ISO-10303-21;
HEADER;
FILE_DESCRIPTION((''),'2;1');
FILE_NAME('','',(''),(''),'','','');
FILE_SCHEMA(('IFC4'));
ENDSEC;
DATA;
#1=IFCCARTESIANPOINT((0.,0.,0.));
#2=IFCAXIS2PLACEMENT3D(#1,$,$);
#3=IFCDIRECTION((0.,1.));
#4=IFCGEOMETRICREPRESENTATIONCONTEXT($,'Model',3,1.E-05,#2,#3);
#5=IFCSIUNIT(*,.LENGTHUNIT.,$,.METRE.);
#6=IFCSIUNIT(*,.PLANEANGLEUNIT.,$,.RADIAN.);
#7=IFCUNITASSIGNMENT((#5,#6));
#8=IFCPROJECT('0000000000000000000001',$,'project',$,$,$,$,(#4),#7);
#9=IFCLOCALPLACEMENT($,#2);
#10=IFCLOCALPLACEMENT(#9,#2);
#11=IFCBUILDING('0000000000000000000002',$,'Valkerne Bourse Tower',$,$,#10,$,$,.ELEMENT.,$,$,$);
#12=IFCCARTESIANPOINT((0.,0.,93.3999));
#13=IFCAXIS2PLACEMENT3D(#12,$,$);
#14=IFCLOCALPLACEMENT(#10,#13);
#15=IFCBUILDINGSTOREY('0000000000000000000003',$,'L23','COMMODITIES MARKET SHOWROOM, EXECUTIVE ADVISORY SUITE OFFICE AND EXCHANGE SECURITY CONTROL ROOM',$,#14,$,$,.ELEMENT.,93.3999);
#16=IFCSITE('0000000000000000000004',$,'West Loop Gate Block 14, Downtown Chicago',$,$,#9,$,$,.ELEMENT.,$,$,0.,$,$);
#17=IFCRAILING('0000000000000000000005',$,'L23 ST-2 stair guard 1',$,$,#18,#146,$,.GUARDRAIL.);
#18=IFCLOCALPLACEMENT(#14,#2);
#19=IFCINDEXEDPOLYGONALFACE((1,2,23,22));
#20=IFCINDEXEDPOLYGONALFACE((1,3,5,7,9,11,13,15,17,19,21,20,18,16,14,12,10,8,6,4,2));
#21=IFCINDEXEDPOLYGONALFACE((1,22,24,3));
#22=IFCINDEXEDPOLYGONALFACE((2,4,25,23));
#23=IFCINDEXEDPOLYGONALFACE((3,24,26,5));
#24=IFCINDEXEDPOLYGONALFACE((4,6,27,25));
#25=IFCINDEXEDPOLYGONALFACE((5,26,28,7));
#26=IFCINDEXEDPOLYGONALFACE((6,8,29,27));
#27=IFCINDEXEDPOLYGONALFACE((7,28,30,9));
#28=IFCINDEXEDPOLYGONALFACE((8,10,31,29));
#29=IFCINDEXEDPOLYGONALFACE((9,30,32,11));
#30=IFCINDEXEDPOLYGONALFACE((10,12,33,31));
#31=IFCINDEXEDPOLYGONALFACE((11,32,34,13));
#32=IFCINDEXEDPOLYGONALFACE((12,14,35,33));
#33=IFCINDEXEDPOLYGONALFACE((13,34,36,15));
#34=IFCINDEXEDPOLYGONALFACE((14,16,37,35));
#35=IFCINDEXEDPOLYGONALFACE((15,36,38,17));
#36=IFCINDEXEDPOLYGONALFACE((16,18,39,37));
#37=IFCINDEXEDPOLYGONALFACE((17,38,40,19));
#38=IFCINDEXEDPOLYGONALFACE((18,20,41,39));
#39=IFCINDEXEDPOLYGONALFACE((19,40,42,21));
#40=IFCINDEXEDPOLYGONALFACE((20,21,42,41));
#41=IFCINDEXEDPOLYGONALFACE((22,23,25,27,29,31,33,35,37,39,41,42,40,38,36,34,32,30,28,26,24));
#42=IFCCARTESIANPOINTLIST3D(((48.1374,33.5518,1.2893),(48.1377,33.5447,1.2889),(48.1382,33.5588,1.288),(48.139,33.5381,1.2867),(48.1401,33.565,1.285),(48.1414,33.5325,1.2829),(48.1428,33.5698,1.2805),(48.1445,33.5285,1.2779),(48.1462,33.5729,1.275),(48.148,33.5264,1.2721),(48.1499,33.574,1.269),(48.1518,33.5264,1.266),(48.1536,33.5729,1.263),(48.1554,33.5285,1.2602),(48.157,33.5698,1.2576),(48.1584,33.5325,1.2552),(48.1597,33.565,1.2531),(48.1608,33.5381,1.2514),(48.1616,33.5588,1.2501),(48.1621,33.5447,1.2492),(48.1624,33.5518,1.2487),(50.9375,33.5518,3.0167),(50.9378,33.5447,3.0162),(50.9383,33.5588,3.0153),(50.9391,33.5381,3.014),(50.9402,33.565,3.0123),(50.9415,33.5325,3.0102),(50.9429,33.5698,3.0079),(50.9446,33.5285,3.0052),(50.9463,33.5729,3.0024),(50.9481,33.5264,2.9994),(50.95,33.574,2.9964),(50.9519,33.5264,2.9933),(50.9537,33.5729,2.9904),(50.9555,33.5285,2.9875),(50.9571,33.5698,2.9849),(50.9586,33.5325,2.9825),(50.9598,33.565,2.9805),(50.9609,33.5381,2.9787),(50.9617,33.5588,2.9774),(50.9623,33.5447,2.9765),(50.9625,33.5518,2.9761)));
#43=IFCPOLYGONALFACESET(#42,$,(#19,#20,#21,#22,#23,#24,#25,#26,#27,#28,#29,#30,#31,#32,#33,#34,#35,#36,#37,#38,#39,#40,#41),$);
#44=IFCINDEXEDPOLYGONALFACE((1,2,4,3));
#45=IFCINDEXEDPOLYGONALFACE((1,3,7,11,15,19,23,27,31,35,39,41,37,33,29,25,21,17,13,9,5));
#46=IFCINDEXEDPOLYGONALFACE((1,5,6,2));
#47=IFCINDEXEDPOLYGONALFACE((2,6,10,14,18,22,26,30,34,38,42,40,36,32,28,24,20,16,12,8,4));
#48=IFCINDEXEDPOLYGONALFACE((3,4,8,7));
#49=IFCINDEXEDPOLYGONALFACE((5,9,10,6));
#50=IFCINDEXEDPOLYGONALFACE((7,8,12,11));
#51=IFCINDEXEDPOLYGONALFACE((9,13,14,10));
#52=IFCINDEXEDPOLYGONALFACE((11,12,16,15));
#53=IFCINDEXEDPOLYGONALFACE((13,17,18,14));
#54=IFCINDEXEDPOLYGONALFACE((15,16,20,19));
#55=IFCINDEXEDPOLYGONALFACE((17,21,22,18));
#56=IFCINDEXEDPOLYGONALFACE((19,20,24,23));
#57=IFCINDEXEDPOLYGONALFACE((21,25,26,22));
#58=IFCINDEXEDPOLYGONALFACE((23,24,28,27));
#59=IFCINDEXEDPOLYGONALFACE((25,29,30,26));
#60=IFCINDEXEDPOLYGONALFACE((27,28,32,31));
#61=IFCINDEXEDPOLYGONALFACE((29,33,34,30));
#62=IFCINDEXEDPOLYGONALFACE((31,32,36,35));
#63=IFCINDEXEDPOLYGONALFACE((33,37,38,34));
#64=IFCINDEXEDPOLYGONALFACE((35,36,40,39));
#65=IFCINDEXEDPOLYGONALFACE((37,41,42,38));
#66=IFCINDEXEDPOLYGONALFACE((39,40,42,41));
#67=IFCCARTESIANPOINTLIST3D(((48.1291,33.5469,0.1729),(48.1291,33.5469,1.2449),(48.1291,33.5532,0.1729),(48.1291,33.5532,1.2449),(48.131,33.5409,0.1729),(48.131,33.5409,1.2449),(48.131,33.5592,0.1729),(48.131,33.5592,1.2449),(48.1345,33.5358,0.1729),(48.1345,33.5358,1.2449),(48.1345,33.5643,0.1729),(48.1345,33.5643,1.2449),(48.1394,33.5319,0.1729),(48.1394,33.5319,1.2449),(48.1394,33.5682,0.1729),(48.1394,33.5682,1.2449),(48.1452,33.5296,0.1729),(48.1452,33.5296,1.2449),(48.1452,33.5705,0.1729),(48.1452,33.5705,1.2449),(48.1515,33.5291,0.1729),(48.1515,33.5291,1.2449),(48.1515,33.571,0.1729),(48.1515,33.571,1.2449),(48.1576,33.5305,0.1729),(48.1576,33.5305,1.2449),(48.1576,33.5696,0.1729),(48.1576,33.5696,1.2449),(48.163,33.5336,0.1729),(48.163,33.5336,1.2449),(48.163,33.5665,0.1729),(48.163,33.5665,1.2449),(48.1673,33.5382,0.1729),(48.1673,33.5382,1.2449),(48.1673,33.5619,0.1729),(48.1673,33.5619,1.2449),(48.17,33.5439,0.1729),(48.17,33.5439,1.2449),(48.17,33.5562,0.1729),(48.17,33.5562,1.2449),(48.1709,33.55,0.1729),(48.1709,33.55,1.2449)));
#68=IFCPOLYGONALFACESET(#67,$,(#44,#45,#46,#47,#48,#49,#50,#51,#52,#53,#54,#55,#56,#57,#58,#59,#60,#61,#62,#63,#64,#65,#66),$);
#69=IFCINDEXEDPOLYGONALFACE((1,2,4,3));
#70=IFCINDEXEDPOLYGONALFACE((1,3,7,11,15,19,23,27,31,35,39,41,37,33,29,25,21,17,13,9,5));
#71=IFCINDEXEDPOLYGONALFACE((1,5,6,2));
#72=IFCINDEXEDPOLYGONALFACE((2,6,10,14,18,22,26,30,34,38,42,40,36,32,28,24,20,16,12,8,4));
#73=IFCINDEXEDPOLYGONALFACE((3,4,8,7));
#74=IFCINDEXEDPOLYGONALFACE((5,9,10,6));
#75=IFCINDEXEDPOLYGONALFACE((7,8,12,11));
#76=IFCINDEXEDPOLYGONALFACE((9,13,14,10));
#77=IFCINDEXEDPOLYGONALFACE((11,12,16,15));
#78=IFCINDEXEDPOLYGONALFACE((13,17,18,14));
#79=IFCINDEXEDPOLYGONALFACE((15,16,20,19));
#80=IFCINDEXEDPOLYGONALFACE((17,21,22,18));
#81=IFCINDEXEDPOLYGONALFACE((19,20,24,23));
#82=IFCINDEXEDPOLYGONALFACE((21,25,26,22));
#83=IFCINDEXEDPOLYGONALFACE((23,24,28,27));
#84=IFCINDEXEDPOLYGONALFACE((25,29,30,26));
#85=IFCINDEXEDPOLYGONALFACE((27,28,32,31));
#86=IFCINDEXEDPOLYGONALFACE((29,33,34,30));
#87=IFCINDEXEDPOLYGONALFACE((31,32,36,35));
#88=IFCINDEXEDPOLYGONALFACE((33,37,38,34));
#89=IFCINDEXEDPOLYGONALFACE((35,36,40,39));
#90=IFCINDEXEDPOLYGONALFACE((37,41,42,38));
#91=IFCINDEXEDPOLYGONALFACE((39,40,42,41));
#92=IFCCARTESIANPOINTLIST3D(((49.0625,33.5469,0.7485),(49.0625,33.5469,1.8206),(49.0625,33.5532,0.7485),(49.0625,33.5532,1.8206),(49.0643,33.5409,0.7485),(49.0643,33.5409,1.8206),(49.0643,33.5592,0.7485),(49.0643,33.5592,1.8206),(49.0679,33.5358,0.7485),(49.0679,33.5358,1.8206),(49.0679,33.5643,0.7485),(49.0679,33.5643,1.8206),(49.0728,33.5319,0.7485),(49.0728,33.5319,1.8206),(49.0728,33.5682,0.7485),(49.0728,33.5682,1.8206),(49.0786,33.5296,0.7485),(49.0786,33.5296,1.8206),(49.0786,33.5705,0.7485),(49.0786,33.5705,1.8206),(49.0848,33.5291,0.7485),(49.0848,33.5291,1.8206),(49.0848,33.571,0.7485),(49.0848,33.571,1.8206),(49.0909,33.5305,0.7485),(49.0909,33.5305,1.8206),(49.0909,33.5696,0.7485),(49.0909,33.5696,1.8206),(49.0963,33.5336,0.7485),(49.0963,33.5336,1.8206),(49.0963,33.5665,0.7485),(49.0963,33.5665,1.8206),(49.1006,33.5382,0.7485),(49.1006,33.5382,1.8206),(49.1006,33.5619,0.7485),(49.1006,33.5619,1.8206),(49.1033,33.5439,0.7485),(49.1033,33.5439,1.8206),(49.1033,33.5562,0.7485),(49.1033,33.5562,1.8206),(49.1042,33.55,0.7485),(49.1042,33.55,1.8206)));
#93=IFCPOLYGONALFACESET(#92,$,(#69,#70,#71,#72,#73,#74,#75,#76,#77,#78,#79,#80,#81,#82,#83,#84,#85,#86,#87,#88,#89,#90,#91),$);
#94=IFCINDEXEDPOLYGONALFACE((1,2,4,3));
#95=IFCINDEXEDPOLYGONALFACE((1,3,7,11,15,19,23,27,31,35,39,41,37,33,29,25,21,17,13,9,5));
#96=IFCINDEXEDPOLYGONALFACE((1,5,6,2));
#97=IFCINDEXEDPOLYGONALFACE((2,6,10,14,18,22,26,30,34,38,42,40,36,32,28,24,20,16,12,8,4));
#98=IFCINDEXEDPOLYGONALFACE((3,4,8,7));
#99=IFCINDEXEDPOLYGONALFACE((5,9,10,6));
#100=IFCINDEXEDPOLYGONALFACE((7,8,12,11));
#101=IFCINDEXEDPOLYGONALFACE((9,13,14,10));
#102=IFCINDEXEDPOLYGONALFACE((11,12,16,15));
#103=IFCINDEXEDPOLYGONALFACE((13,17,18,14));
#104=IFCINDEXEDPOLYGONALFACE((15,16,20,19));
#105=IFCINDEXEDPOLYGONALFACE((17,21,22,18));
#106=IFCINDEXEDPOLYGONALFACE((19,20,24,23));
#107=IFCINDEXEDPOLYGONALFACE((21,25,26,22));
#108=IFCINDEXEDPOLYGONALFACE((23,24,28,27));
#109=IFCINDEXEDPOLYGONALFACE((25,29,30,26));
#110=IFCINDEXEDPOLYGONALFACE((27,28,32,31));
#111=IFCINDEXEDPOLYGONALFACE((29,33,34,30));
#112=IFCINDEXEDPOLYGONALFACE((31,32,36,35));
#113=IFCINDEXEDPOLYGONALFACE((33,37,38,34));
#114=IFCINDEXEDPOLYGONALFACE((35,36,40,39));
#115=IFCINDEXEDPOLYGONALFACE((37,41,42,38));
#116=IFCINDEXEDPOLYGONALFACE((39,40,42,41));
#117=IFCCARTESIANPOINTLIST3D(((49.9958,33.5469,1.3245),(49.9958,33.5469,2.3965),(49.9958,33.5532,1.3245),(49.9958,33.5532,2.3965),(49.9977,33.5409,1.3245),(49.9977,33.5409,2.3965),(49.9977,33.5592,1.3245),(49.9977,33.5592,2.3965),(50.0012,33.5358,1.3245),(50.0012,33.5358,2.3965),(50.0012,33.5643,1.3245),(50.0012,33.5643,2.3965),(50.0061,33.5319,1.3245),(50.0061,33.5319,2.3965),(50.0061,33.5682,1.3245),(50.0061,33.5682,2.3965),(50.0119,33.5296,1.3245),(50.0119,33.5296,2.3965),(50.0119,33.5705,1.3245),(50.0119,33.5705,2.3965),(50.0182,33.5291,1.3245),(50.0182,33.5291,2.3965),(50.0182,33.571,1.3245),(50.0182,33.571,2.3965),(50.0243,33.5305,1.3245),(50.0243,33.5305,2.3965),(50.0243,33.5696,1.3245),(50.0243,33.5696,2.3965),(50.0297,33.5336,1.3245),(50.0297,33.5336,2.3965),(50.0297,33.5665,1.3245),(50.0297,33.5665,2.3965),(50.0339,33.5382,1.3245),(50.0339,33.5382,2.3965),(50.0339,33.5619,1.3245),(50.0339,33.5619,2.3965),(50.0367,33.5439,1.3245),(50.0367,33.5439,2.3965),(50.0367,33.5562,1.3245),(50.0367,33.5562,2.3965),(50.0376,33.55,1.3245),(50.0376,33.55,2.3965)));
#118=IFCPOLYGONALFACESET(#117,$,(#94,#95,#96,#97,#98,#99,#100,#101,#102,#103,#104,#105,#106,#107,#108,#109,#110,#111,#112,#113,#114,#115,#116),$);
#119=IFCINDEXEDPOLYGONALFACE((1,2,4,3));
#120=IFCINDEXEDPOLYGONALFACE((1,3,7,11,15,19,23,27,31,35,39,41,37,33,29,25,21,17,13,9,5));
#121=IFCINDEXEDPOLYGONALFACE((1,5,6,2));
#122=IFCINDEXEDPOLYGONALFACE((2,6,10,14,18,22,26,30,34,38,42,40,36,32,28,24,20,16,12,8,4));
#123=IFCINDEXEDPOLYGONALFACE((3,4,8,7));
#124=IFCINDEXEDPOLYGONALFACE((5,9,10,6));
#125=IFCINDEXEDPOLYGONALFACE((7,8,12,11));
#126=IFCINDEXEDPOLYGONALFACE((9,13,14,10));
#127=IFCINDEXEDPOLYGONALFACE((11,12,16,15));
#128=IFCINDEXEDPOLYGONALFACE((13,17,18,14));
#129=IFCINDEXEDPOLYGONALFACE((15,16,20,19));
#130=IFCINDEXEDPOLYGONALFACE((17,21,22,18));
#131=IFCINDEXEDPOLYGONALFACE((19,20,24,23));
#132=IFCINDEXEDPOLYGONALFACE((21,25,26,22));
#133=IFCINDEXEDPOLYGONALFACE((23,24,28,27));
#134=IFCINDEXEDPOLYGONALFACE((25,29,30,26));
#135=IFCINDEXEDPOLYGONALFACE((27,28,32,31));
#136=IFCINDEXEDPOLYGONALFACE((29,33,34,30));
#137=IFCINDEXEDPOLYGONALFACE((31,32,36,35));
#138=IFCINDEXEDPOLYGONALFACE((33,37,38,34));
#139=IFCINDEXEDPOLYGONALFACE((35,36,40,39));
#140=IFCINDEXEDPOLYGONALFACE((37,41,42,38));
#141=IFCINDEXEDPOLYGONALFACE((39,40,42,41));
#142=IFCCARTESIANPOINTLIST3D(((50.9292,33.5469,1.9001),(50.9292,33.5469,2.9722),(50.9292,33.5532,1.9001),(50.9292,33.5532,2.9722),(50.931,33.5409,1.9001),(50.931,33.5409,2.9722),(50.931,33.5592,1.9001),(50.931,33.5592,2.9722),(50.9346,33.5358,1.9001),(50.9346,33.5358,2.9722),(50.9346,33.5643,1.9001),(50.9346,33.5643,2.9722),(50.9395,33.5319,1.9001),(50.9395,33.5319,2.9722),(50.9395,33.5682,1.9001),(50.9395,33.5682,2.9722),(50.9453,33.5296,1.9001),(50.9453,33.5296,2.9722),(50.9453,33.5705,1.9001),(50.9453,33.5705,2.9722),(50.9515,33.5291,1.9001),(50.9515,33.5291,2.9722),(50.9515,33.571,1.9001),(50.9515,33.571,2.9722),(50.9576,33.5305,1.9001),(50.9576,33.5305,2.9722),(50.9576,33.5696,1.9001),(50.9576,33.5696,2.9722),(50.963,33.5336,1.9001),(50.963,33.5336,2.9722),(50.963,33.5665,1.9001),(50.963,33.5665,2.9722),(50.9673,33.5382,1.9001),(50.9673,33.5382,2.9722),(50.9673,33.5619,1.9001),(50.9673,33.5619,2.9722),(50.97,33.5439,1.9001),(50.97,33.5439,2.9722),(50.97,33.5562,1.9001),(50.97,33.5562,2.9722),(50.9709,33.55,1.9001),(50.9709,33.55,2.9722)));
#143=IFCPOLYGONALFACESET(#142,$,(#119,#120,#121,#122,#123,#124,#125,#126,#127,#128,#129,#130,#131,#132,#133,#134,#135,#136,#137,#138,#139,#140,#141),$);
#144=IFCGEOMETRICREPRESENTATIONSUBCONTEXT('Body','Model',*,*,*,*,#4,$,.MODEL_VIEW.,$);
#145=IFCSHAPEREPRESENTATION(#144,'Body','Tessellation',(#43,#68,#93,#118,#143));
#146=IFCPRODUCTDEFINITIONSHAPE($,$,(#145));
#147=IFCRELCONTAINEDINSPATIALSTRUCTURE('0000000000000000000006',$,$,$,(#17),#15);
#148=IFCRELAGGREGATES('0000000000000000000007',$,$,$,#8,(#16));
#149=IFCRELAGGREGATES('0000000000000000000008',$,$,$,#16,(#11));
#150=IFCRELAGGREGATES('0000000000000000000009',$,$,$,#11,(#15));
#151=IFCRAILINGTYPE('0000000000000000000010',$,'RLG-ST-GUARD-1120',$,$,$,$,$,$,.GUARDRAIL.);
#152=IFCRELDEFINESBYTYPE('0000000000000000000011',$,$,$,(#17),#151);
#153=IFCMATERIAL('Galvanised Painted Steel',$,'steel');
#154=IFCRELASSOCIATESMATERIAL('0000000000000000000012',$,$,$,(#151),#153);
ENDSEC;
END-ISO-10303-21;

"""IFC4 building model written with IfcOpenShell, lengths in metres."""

from ifc_helpers import new_model, si_unit, direction, frame, origin, origin_2d, place, context, subcontext, project, spatial, circle, extrude, material, type_object, element, save


model = new_model("IFC4")

# Units and contexts
model_context = context("Model", 3, precision=1e-05, world=origin(), true_north=direction((0.0, 1.0)))
body_context = subcontext(model_context, "Body", "Model", "MODEL_VIEW")
ifc_project = project(units=[si_unit("LENGTHUNIT", "METRE"), si_unit("PLANEANGLEUNIT", "RADIAN")], contexts=[model_context])

# Site, building, storey
site_placement = place(None, origin())
site = spatial("IfcSite", under=ifc_project, at=site_placement, Name="West Loop Gate Block 14, Downtown Chicago", CompositionType="ELEMENT", RefElevation=0.0)
building_placement = place(site_placement, origin())
building = spatial("IfcBuilding", under=site, at=building_placement, Name="Valkerne Bourse Tower", CompositionType="ELEMENT")
storey_placement = place(building_placement, frame((0.0, 0.0, 93.3999)))
storey = spatial("IfcBuildingStorey", under=building, at=storey_placement, Name="L23", Description="COMMODITIES MARKET SHOWROOM, EXECUTIVE ADVISORY SUITE OFFICE AND EXCHANGE SECURITY CONTROL ROOM", CompositionType="ELEMENT", Elevation=93.3999)

# Shared definitions
ifc_material_1 = material(Name="Galvanised Painted Steel", Category="steel")

# Railing
railing_type_1 = type_object("IfcRailingType", Name="RLG-ST-GUARD-1120", PredefinedType="GUARDRAIL", material=ifc_material_1)
railing_1_placement = place(storey_placement, frame((48.1499, 33.55, 0.1729)))
element("IfcRailing", 1, at=railing_1_placement, inside=storey, type_object=railing_type_1, Name="L23 ST-2 stair guard 1", PredefinedType="GUARDRAIL", context=body_context, shape_type="SweptSolid", body=[
    extrude(circle(Radius=0.0239, at=origin_2d()), frame((0.0, 0.0, 1.0962), z_axis=(0.85109, 0.0, 0.52502), x_axis=(0.0, 1.0, 0.0)), (0.0, 0.0, 1.0), 3.29),
    extrude(circle(Radius=0.021, at=origin_2d()), origin(), (0.0, 0.0, 1.0), 1.072),
    extrude(circle(Radius=0.021, at=origin_2d()), frame((0.9333, 0.0, 0.5757)), (0.0, 0.0, 1.0), 1.072),
    extrude(circle(Radius=0.021, at=origin_2d()), frame((1.8667, 0.0, 1.1516)), (0.0, 0.0, 1.0), 1.072),
    extrude(circle(Radius=0.021, at=origin_2d()), frame((2.8, 0.0, 1.7273)), (0.0, 0.0, 1.0), 1.072),
])

save(model, "model.ifc")
